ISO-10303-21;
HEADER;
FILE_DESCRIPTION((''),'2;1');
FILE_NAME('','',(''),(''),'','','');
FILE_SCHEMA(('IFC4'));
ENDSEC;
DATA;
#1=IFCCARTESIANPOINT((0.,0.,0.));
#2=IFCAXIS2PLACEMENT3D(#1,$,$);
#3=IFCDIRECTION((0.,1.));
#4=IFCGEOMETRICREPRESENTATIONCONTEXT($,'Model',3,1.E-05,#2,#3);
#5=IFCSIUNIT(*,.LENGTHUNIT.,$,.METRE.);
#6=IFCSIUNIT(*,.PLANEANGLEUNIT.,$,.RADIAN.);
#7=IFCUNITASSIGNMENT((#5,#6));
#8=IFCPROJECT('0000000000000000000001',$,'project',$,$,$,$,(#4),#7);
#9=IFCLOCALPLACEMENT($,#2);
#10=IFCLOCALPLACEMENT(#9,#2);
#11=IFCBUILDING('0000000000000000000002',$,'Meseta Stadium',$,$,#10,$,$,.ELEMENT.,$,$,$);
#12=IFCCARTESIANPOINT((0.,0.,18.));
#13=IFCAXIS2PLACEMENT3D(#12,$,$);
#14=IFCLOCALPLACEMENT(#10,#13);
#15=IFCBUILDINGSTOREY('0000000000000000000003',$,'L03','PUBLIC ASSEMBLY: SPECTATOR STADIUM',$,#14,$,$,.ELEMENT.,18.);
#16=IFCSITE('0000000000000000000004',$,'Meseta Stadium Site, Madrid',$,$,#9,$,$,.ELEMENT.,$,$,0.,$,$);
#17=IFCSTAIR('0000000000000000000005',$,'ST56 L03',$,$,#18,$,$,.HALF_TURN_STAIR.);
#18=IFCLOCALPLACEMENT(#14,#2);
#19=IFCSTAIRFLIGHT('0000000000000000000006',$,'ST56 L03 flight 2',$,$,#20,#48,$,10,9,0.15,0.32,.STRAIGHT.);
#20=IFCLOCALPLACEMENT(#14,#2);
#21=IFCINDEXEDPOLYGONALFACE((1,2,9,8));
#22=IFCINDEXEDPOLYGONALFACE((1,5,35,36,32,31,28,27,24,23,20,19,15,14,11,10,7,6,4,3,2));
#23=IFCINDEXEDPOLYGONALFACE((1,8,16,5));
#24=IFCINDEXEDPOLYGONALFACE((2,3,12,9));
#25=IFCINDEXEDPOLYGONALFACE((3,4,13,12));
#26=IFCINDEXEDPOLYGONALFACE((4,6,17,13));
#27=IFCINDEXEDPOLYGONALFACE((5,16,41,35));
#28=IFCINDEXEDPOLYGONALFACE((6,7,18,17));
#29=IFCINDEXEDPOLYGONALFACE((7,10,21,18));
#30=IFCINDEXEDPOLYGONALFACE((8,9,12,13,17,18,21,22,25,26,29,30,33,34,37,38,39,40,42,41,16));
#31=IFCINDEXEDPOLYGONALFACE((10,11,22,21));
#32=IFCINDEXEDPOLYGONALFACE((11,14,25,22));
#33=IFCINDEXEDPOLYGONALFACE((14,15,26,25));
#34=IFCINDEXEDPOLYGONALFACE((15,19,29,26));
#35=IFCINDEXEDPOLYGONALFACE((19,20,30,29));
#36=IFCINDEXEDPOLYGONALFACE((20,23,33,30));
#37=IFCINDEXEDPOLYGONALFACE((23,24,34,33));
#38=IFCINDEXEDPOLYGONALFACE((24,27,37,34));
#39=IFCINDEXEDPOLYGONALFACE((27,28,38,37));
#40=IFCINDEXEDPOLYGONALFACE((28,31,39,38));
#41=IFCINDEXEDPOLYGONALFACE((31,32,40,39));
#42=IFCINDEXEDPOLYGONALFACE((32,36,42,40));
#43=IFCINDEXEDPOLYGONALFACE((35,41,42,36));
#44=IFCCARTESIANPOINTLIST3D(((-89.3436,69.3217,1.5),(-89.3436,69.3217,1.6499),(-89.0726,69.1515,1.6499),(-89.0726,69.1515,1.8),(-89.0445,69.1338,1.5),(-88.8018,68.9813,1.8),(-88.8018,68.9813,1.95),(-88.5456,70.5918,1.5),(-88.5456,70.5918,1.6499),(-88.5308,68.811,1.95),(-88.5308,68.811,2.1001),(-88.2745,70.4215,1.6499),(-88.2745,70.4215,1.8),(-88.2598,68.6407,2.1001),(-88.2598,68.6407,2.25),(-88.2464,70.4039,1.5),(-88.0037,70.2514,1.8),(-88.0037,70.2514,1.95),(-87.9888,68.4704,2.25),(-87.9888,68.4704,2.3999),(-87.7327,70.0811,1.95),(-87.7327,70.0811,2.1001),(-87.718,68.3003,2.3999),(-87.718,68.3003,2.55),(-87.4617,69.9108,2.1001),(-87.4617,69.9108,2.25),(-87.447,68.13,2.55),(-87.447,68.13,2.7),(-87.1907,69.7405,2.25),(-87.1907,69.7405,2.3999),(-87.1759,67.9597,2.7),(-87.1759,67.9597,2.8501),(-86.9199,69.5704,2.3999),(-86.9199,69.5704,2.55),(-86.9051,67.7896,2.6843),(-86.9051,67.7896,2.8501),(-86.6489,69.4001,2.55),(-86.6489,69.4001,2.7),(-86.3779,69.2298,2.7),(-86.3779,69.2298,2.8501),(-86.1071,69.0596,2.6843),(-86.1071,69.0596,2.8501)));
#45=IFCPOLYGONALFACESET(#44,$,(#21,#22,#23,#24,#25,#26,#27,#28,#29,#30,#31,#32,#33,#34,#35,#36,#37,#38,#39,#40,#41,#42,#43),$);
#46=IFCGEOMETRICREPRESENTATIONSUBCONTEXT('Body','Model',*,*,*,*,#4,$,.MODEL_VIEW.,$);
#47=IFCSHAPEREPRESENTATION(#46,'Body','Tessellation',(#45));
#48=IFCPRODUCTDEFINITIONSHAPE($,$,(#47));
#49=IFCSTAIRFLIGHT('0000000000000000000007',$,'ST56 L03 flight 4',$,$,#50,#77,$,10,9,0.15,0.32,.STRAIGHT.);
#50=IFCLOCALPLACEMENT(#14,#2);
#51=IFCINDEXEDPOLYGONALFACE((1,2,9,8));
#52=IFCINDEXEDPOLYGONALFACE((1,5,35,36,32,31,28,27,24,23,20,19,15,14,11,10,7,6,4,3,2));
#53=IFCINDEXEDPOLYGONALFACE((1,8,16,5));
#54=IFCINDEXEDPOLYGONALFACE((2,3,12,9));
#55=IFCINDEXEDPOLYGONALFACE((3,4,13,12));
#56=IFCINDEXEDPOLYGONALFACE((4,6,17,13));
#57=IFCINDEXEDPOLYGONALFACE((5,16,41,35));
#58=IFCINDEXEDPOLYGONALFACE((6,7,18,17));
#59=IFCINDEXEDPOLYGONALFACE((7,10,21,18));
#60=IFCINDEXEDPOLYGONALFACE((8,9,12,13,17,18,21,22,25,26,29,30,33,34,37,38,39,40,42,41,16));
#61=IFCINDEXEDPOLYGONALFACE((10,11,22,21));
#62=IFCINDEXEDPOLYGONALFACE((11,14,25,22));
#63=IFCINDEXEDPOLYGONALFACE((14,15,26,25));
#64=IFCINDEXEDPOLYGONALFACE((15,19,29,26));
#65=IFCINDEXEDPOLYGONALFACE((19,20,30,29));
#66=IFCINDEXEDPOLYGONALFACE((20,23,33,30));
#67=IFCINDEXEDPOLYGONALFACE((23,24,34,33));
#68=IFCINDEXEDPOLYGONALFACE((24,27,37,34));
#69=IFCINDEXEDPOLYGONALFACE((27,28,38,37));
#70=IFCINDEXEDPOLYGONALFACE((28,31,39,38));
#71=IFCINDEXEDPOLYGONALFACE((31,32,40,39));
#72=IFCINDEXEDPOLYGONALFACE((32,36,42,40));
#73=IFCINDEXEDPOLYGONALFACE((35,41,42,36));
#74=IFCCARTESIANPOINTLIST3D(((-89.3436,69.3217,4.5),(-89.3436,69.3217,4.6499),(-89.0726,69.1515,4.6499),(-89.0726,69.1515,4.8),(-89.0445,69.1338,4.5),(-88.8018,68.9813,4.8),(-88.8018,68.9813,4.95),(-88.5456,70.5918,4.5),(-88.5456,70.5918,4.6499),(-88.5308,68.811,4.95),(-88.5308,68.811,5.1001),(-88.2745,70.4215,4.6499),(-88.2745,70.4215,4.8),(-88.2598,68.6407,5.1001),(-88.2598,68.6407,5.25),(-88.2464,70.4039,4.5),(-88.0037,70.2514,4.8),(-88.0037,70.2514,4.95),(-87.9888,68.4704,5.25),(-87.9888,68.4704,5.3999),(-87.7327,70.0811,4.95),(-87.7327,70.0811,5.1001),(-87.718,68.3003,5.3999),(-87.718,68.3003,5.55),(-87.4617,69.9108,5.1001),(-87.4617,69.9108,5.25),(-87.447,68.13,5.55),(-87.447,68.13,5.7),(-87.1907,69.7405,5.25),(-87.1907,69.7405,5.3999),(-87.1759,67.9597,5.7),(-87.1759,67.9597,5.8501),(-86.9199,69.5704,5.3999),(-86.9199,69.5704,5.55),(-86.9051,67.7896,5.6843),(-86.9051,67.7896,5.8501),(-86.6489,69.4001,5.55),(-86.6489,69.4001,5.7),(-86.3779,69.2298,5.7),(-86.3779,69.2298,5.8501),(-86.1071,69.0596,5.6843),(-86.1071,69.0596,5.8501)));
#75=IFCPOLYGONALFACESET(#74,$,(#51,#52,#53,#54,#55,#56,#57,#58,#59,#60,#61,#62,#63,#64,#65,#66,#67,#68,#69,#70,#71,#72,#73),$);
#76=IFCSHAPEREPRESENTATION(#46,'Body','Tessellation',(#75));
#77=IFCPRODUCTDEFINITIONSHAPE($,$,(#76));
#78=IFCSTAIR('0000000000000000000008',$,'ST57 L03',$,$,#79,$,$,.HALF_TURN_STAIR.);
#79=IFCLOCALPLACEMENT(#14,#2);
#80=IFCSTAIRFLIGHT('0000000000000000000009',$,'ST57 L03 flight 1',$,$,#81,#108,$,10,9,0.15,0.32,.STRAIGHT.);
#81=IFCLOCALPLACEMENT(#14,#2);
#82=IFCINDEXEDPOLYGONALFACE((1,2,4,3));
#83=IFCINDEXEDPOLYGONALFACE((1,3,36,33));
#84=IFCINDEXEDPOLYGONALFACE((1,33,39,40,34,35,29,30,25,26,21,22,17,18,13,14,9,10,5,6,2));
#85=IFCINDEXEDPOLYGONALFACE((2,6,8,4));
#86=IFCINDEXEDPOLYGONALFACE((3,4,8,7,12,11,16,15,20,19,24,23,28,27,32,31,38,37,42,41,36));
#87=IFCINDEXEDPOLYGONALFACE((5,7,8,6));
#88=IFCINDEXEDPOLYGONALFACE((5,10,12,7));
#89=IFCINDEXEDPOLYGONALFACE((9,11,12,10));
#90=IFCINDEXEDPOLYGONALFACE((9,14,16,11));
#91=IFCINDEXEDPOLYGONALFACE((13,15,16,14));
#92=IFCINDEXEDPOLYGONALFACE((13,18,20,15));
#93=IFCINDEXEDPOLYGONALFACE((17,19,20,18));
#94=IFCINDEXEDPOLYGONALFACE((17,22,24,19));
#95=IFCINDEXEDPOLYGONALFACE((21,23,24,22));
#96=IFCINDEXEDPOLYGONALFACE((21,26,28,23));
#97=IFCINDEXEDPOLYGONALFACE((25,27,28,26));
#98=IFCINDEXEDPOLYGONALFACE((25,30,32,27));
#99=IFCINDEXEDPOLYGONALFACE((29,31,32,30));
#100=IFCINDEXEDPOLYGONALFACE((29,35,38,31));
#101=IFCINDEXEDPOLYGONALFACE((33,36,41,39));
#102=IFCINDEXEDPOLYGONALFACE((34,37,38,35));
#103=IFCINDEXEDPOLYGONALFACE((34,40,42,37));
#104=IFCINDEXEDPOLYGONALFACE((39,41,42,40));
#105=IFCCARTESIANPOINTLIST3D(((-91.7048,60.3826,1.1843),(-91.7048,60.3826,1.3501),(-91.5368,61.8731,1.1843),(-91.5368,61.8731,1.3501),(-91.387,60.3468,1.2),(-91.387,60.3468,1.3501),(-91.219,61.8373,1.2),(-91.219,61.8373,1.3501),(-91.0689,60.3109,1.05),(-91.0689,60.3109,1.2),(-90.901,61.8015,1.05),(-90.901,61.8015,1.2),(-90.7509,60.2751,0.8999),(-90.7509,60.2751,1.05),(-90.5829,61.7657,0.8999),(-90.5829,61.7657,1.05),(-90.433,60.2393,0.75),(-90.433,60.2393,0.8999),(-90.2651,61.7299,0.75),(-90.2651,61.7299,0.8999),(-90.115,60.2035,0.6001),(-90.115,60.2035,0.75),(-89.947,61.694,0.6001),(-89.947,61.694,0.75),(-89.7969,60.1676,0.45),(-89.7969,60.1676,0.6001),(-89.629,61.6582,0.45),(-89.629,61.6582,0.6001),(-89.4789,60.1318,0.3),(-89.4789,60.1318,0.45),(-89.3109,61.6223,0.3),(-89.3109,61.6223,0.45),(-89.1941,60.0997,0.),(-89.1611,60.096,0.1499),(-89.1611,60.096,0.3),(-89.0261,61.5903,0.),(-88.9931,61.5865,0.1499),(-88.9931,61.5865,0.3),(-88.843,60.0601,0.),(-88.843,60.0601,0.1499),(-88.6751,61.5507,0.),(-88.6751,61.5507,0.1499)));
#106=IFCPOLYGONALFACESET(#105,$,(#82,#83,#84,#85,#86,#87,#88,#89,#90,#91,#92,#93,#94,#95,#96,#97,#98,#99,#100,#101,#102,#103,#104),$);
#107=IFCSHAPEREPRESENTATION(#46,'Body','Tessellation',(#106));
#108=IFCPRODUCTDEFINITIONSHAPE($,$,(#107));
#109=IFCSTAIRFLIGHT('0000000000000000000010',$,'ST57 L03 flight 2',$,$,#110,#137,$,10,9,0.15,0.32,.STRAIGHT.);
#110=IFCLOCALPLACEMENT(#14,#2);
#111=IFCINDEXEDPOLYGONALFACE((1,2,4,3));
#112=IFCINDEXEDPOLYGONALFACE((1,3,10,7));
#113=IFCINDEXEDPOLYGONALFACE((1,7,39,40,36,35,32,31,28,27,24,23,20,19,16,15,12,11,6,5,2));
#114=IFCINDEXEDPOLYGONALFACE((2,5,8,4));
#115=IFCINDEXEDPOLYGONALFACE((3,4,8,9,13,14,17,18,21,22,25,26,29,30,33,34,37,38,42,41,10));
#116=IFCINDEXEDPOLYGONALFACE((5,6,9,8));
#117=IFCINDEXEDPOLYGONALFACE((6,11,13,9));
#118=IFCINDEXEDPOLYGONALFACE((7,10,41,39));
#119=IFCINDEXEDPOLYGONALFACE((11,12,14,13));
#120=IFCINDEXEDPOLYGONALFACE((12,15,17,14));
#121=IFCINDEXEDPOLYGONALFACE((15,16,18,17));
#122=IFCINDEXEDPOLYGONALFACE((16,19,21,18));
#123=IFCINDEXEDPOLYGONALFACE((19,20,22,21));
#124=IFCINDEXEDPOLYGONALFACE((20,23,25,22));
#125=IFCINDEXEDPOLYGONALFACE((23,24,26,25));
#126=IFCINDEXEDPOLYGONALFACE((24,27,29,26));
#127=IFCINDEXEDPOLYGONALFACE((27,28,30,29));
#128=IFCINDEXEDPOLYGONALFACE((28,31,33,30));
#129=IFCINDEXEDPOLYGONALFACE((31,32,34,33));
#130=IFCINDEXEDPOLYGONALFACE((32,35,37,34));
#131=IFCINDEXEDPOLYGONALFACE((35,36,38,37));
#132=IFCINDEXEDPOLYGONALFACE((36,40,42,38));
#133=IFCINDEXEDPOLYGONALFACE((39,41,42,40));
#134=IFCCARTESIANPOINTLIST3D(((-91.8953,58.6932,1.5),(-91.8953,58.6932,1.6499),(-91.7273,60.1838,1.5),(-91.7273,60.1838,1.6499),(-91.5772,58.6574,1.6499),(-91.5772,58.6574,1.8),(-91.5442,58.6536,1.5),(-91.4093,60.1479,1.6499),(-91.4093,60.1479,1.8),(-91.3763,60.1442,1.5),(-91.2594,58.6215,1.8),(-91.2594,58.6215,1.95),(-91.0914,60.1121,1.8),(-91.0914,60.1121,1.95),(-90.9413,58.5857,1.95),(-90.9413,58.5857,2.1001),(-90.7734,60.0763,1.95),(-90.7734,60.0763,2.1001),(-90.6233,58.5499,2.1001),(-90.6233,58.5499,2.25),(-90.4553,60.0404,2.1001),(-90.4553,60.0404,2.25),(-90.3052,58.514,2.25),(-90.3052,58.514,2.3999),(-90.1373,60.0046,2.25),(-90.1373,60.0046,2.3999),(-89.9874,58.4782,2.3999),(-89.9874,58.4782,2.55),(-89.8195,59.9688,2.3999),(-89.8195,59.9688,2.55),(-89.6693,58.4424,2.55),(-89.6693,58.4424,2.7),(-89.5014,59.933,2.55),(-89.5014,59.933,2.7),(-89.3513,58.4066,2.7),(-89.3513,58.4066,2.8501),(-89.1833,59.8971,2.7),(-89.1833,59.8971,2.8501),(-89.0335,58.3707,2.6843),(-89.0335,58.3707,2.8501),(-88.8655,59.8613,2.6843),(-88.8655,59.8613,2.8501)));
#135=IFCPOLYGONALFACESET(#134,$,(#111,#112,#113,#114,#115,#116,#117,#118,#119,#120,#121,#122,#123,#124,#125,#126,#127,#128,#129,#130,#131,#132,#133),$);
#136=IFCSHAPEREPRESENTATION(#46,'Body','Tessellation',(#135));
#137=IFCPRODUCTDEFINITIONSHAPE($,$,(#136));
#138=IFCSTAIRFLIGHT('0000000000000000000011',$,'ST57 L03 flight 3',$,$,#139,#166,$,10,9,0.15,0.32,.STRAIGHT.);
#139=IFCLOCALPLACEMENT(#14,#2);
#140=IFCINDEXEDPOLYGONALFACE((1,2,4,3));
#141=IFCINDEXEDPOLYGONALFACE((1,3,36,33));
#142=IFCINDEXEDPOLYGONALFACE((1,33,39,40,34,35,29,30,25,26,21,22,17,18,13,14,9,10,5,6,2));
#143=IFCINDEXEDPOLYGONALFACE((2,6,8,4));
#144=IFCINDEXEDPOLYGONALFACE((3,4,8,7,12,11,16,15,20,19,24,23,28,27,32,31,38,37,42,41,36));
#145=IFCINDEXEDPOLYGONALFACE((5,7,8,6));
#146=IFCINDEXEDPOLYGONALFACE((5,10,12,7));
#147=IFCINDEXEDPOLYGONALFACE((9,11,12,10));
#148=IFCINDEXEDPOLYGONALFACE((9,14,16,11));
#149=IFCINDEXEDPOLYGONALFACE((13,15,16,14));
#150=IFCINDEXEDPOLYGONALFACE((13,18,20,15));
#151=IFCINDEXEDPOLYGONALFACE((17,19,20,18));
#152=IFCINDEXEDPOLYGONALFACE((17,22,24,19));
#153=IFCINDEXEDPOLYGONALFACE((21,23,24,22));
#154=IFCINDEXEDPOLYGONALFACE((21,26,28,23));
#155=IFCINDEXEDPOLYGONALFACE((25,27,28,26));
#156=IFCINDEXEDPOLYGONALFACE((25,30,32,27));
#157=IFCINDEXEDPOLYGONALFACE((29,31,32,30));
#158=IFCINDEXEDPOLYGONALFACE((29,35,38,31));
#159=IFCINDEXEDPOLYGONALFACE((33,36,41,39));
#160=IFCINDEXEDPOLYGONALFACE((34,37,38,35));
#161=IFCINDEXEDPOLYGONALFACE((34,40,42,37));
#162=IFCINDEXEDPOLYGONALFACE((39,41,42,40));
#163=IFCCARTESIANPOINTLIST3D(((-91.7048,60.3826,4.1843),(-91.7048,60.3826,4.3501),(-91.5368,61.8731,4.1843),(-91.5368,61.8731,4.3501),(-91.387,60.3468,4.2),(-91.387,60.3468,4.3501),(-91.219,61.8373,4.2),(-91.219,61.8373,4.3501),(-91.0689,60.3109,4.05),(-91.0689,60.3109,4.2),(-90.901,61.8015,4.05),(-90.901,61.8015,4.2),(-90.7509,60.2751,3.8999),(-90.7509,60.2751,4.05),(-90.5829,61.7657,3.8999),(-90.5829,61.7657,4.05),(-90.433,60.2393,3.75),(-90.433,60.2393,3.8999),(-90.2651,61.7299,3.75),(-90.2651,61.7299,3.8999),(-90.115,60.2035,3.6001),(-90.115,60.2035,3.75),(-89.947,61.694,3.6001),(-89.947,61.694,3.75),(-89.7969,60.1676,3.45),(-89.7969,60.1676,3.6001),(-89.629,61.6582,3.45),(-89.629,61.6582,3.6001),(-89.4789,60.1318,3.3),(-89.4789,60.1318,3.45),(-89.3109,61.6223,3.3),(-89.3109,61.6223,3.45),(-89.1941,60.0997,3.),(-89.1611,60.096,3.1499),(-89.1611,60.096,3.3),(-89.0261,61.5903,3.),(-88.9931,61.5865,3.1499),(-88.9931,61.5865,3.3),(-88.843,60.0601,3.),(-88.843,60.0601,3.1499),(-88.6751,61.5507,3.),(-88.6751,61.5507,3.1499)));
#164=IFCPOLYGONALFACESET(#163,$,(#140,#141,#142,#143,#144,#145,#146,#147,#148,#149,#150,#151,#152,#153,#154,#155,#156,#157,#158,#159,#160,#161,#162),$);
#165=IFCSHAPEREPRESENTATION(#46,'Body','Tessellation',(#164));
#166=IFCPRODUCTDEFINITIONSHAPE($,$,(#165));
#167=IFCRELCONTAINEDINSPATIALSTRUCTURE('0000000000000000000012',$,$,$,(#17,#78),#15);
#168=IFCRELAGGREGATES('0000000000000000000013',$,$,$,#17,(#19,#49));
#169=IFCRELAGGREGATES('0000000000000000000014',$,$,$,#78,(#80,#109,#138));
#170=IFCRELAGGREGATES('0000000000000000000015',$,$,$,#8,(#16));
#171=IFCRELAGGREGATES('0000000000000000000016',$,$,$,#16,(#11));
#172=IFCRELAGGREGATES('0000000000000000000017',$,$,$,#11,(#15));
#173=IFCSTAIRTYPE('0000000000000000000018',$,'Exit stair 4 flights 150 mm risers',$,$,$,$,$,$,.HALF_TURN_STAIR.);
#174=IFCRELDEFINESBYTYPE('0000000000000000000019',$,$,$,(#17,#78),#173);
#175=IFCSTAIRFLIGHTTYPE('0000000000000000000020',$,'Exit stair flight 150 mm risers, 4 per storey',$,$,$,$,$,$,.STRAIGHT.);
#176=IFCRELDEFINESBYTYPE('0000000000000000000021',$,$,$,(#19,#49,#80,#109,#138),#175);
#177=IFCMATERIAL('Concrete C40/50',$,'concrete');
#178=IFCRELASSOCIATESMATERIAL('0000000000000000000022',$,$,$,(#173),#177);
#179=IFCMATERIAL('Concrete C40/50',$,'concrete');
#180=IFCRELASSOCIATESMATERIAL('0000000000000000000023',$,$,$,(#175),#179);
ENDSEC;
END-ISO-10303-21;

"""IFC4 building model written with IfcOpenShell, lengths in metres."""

from ifc_helpers import new_model, si_unit, direction, frame, origin, place, context, subcontext, project, spatial, polyline, outline, extrude, material, type_object, element, aggregate, save


model = new_model("IFC4")

# Units and contexts
model_context = context("Model", 3, precision=1e-05, world=origin(), true_north=direction((0.0, 1.0)))
body_context = subcontext(model_context, "Body", "Model", "MODEL_VIEW")
ifc_project = project(units=[si_unit("LENGTHUNIT", "METRE"), si_unit("PLANEANGLEUNIT", "RADIAN")], contexts=[model_context])

# Site, building, storey
site_placement = place(None, origin())
site = spatial("IfcSite", under=ifc_project, at=site_placement, Name="Meseta Stadium Site, Madrid", CompositionType="ELEMENT", RefElevation=0.0)
building_placement = place(site_placement, origin())
building = spatial("IfcBuilding", under=site, at=building_placement, Name="Meseta Stadium", CompositionType="ELEMENT")
storey_placement = place(building_placement, frame((0.0, 0.0, 18.0)))
storey = spatial("IfcBuildingStorey", under=building, at=storey_placement, Name="L03", Description="PUBLIC ASSEMBLY: SPECTATOR STADIUM", CompositionType="ELEMENT", Elevation=18.0)

# Stairs, stair flights
ifc_material_1 = material(Name="Concrete C40/50", Category="concrete")
stair_type = type_object("IfcStairType", Name="Exit stair 4 flights 150 mm risers", PredefinedType="HALF_TURN_STAIR", material=ifc_material_1)
stair_1_placement = place(storey_placement, origin())
stair_1 = element("IfcStair", 1, at=stair_1_placement, inside=storey, type_object=stair_type, Name="ST56 L03", PredefinedType="HALF_TURN_STAIR")
ifc_material_2 = material(Name="Concrete C40/50", Category="concrete")
stair_flight_type = type_object("IfcStairFlightType", Name="Exit stair flight 150 mm risers, 4 per storey", PredefinedType="STRAIGHT", material=ifc_material_2)
stair_flight_1_placement = place(storey_placement, frame((-88.9446, 69.9568, 1.5), z_axis=(0.0, 0.0, 1.0), x_axis=(0.846724, -0.532032, 0.0)))
stair_flight_1 = element("IfcStairFlight", 2, at=stair_flight_1_placement, type_object=stair_flight_type, Name="ST56 L03 flight 2", NumberOfRisers=10, NumberOfTreads=9, PredefinedType="STRAIGHT", RiserHeight=0.15, TreadLength=0.32, context=body_context, shape_type="SweptSolid", body=[
    extrude(outline(polyline([(0.0, 0.0), (0.0, 0.1499), (0.3201, 0.1499), (0.3201, 0.3), (0.6399, 0.3), (0.6399, 0.45), (0.96, 0.45), (0.96, 0.6001), (1.28, 0.6001), (1.28, 0.75), (1.6001, 0.75), (1.6001, 0.8999), (1.9199, 0.8999), (1.9199, 1.05), (2.24, 1.05), (2.24, 1.2), (2.5601, 1.2), (2.5601, 1.3501), (2.8799, 1.3501), (2.8799, 1.1843), (0.3533, 0.0), (0.0, 0.0)])), frame((0.0, 0.75, 0.0), z_axis=(0.0, -1.0, 0.0), x_axis=(1.0, 0.0, 0.0)), (0.0, 0.0, 1.0), 1.5),
])
stair_flight_2_placement = place(storey_placement, frame((-88.9446, 69.9568, 4.5), z_axis=(0.0, 0.0, 1.0), x_axis=(0.846724, -0.532032, 0.0)))
stair_flight_2 = element("IfcStairFlight", 3, at=stair_flight_2_placement, type_object=stair_flight_type, Name="ST56 L03 flight 4", NumberOfRisers=10, NumberOfTreads=9, PredefinedType="STRAIGHT", RiserHeight=0.15, TreadLength=0.32, context=body_context, shape_type="SweptSolid", body=[
    extrude(outline(polyline([(0.0, 0.0), (0.0, 0.1499), (0.3201, 0.1499), (0.3201, 0.3), (0.6399, 0.3), (0.6399, 0.45), (0.96, 0.45), (0.96, 0.6001), (1.28, 0.6001), (1.28, 0.75), (1.6001, 0.75), (1.6001, 0.8999), (1.9199, 0.8999), (1.9199, 1.05), (2.24, 1.05), (2.24, 1.2), (2.5601, 1.2), (2.5601, 1.3501), (2.8799, 1.3501), (2.8799, 1.1843), (0.3533, 0.0), (0.0, 0.0)])), frame((0.0, 0.75, 0.0), z_axis=(0.0, -1.0, 0.0), x_axis=(1.0, 0.0, 0.0)), (0.0, 0.0, 1.0), 1.5),
])
aggregate(stair_1, [stair_flight_1, stair_flight_2])
stair_2_placement = place(storey_placement, origin())
stair_2 = element("IfcStair", 4, at=stair_2_placement, inside=storey, type_object=stair_type, Name="ST57 L03", PredefinedType="HALF_TURN_STAIR")
stair_flight_3_placement = place(storey_placement, frame((-88.759, 60.8054, 0.0), z_axis=(0.0, 0.0, 1.0), x_axis=(-0.993712, 0.111964, 0.0)))
stair_flight_3 = element("IfcStairFlight", 5, at=stair_flight_3_placement, type_object=stair_flight_type, Name="ST57 L03 flight 1", NumberOfRisers=10, NumberOfTreads=9, PredefinedType="STRAIGHT", RiserHeight=0.15, TreadLength=0.32, context=body_context, shape_type="SweptSolid", body=[
    extrude(outline(polyline([(0.0, 0.0), (0.0, 0.1499), (0.3201, 0.1499), (0.3201, 0.3), (0.6399, 0.3), (0.6399, 0.45), (0.96, 0.45), (0.96, 0.6001), (1.28, 0.6001), (1.28, 0.75), (1.6001, 0.75), (1.6001, 0.8999), (1.9199, 0.8999), (1.9199, 1.05), (2.24, 1.05), (2.24, 1.2), (2.5601, 1.2), (2.5601, 1.3501), (2.8799, 1.3501), (2.8799, 1.1843), (0.3533, 0.0), (0.0, 0.0)])), frame((0.0, 0.75, 0.0), z_axis=(0.0, -1.0, 0.0), x_axis=(1.0, 0.0, 0.0)), (0.0, 0.0, 1.0), 1.5),
])
stair_flight_4_placement = place(storey_placement, frame((-91.8113, 59.4385, 1.5), z_axis=(0.0, 0.0, 1.0), x_axis=(0.993712, -0.111964, 0.0)))
stair_flight_4 = element("IfcStairFlight", 6, at=stair_flight_4_placement, type_object=stair_flight_type, Name="ST57 L03 flight 2", NumberOfRisers=10, NumberOfTreads=9, PredefinedType="STRAIGHT", RiserHeight=0.15, TreadLength=0.32, context=body_context, shape_type="SweptSolid", body=[
    extrude(outline(polyline([(0.0, 0.0), (0.0, 0.1499), (0.3201, 0.1499), (0.3201, 0.3), (0.6399, 0.3), (0.6399, 0.45), (0.96, 0.45), (0.96, 0.6001), (1.28, 0.6001), (1.28, 0.75), (1.6001, 0.75), (1.6001, 0.8999), (1.9199, 0.8999), (1.9199, 1.05), (2.24, 1.05), (2.24, 1.2), (2.5601, 1.2), (2.5601, 1.3501), (2.8799, 1.3501), (2.8799, 1.1843), (0.3533, 0.0), (0.0, 0.0)])), frame((0.0, 0.75, 0.0), z_axis=(0.0, -1.0, 0.0), x_axis=(1.0, 0.0, 0.0)), (0.0, 0.0, 1.0), 1.5),
])
stair_flight_5_placement = place(storey_placement, frame((-88.759, 60.8054, 3.0), z_axis=(0.0, 0.0, 1.0), x_axis=(-0.993712, 0.111964, 0.0)))
stair_flight_5 = element("IfcStairFlight", 7, at=stair_flight_5_placement, type_object=stair_flight_type, Name="ST57 L03 flight 3", NumberOfRisers=10, NumberOfTreads=9, PredefinedType="STRAIGHT", RiserHeight=0.15, TreadLength=0.32, context=body_context, shape_type="SweptSolid", body=[
    extrude(outline(polyline([(0.0, 0.0), (0.0, 0.1499), (0.3201, 0.1499), (0.3201, 0.3), (0.6399, 0.3), (0.6399, 0.45), (0.96, 0.45), (0.96, 0.6001), (1.28, 0.6001), (1.28, 0.75), (1.6001, 0.75), (1.6001, 0.8999), (1.9199, 0.8999), (1.9199, 1.05), (2.24, 1.05), (2.24, 1.2), (2.5601, 1.2), (2.5601, 1.3501), (2.8799, 1.3501), (2.8799, 1.1843), (0.3533, 0.0), (0.0, 0.0)])), frame((0.0, 0.75, 0.0), z_axis=(0.0, -1.0, 0.0), x_axis=(1.0, 0.0, 0.0)), (0.0, 0.0, 1.0), 1.5),
])
aggregate(stair_2, [stair_flight_3, stair_flight_4, stair_flight_5])

save(model, "model.ifc")
